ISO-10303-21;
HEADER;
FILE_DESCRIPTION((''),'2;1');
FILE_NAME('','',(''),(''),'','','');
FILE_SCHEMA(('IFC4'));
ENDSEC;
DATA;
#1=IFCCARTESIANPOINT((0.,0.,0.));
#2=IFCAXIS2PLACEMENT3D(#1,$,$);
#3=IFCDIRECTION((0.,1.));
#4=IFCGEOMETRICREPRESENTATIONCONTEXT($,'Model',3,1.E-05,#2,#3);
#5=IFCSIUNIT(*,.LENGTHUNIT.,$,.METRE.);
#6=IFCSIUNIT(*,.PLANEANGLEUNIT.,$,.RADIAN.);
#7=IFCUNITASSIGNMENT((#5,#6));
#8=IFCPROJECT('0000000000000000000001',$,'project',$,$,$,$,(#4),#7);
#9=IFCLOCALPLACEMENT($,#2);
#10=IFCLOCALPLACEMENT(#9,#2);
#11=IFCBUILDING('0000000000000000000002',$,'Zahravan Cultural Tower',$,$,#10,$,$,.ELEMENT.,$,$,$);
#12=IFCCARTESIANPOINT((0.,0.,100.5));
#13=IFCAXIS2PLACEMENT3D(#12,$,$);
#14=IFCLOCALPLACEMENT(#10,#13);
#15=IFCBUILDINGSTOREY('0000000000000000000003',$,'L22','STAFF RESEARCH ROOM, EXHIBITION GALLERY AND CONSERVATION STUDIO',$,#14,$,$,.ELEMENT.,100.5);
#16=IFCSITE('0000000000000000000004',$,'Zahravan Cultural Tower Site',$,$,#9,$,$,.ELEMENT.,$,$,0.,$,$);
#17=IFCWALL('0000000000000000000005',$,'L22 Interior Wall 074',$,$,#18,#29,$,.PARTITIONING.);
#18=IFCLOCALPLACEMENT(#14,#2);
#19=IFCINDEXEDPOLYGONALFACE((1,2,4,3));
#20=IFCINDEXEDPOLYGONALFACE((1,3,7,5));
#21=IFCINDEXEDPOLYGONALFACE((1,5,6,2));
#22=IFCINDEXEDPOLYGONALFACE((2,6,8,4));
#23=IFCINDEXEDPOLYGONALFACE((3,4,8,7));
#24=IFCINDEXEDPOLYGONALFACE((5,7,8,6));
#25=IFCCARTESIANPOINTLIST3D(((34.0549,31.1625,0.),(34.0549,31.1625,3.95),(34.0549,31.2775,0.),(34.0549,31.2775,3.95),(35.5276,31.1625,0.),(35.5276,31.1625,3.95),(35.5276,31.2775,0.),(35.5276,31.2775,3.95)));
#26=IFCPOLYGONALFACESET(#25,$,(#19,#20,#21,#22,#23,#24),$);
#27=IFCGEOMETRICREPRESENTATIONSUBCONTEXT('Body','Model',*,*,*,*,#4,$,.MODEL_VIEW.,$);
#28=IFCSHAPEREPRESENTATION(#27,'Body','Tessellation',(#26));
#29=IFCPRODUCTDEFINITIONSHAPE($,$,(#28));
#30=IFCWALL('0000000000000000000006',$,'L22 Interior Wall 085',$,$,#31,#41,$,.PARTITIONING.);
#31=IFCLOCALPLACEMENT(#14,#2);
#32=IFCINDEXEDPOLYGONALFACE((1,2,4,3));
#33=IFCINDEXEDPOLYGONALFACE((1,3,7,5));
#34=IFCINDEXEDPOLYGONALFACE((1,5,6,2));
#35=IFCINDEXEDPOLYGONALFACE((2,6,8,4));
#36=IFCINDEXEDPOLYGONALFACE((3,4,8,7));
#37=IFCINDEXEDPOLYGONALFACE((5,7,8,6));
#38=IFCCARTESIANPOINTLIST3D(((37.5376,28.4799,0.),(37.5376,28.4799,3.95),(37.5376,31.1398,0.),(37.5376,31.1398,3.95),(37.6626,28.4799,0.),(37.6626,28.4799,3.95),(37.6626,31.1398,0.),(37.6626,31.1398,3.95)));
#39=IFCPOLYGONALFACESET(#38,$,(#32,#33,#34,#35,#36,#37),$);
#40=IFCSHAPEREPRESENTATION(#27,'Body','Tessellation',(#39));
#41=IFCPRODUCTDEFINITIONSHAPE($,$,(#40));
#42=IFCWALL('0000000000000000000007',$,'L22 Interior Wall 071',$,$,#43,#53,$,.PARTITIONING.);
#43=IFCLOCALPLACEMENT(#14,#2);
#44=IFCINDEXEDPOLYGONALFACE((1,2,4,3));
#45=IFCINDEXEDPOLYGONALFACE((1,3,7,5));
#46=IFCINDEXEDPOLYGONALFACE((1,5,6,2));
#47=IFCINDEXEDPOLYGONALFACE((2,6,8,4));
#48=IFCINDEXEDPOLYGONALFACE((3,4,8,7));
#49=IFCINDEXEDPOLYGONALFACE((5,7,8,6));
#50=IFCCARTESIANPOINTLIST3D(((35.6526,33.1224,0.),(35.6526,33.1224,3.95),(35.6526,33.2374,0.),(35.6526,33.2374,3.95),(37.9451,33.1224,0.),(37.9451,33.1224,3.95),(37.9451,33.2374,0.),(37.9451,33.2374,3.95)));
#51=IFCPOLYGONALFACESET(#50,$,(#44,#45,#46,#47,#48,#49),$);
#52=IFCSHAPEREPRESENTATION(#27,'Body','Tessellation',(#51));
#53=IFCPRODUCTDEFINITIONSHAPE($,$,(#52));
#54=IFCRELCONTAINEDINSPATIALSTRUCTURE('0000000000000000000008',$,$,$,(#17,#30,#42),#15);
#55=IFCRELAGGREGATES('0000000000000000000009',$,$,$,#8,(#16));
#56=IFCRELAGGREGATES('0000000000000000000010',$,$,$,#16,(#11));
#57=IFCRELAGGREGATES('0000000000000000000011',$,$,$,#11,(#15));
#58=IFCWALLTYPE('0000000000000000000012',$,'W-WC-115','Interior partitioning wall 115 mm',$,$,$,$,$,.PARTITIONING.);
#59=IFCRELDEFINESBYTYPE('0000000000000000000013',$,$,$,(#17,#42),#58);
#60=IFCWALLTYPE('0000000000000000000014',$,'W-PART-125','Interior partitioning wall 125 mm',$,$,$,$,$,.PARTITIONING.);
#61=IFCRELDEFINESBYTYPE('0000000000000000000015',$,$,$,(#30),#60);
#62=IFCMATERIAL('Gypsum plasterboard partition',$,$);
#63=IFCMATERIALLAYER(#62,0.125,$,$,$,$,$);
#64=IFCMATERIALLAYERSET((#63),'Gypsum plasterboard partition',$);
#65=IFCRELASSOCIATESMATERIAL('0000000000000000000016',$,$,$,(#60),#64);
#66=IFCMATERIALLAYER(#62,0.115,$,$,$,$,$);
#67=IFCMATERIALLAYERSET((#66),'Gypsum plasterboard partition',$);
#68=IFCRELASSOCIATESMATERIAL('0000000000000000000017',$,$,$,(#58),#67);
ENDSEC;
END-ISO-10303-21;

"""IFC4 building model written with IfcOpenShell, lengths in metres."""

from ifc_helpers import new_model, si_unit, direction, frame, frame_2d, origin, place, context, subcontext, project, spatial, rectangle, extrude, source, transform, mapped, material, layer, layer_set, type_object, element, save


model = new_model("IFC4")

# Units and contexts
model_context = context("Model", 3, precision=1e-05, world=origin(), true_north=direction((0.0, 1.0)))
body_context = subcontext(model_context, "Body", "Model", "MODEL_VIEW")
ifc_project = project(units=[si_unit("LENGTHUNIT", "METRE"), si_unit("PLANEANGLEUNIT", "RADIAN")], contexts=[model_context])

# Site, building, storey
site_placement = place(None, origin())
site = spatial("IfcSite", under=ifc_project, at=site_placement, Name="Zahravan Cultural Tower Site", CompositionType="ELEMENT", RefElevation=0.0)
building_placement = place(site_placement, origin())
building = spatial("IfcBuilding", under=site, at=building_placement, Name="Zahravan Cultural Tower", CompositionType="ELEMENT")
storey_placement = place(building_placement, frame((0.0, 0.0, 100.5)))
storey = spatial("IfcBuildingStorey", under=building, at=storey_placement, Name="L22", Description="STAFF RESEARCH ROOM, EXHIBITION GALLERY AND CONSERVATION STUDIO", CompositionType="ELEMENT", Elevation=100.5)

# Shared definitions
ifc_material_1 = material(Name="Gypsum plasterboard partition")
ifc_layer_1 = layer(ifc_material_1, 0.125)
ifc_layer_set_1 = layer_set([ifc_layer_1], Name="Gypsum plasterboard partition")
wall_type_1 = type_object("IfcWallType", Name="W-PART-125", Description="Interior partitioning wall 125 mm", PredefinedType="PARTITIONING", material=ifc_layer_set_1)
ifc_layer_2 = layer(ifc_material_1, 0.115)
ifc_layer_set_2 = layer_set([ifc_layer_2], Name="Gypsum plasterboard partition")
wall_type_2 = type_object("IfcWallType", Name="W-WC-115", Description="Interior partitioning wall 115 mm", PredefinedType="PARTITIONING", material=ifc_layer_set_2)

# Walls
shared_shape_1 = source(origin(), body_context, "Body", "SweptSolid", [
    extrude(rectangle(XDim=1.4727, YDim=0.115, at=frame_2d((0.7363, 0.0))), origin(), (0.0, 0.0, 1.0), 3.95),
])
wall_1_placement = place(storey_placement, frame((35.5276, 31.22, 0.0), z_axis=(0.0, 0.0, 1.0), x_axis=(-1.0, 0.0, 0.0)))
element("IfcWall", 1, at=wall_1_placement, inside=storey, type_object=wall_type_2, Name="L22 Interior Wall 074", PredefinedType="PARTITIONING", context=body_context, shape_type="MappedRepresentation", body=[
    mapped(shared_shape_1, transform((0.0, 0.0, 0.0), x_axis=(1.0, 0.0, 0.0), y_axis=(0.0, 1.0, 0.0), z_axis=(0.0, 0.0, 1.0), scale=1.0)),
])
shared_shape_2 = source(origin(), body_context, "Body", "SweptSolid", [
    extrude(rectangle(XDim=2.6599, YDim=0.125, at=frame_2d((1.3301, 0.0))), origin(), (0.0, 0.0, 1.0), 3.95),
])
wall_2_placement = place(storey_placement, frame((37.6001, 31.1399, 0.0), z_axis=(0.0, 0.0, 1.0), x_axis=(0.0, -1.0, 0.0)))
element("IfcWall", 2, at=wall_2_placement, inside=storey, type_object=wall_type_1, Name="L22 Interior Wall 085", PredefinedType="PARTITIONING", context=body_context, shape_type="MappedRepresentation", body=[
    mapped(shared_shape_2, transform((0.0, 0.0, 0.0), x_axis=(1.0, 0.0, 0.0), y_axis=(0.0, 1.0, 0.0), z_axis=(0.0, 0.0, 1.0), scale=1.0)),
])
shared_shape_3 = source(origin(), body_context, "Body", "SweptSolid", [
    extrude(rectangle(XDim=2.2925, YDim=0.115, at=frame_2d((1.1462, 0.0))), origin(), (0.0, 0.0, 1.0), 3.95),
])
wall_3_placement = place(storey_placement, frame((35.6526, 33.1799, 0.0), z_axis=(0.0, 0.0, 1.0), x_axis=(1.0, 0.0, 0.0)))
element("IfcWall", 3, at=wall_3_placement, inside=storey, type_object=wall_type_2, Name="L22 Interior Wall 071", PredefinedType="PARTITIONING", context=body_context, shape_type="MappedRepresentation", body=[
    mapped(shared_shape_3, transform((0.0, 0.0, 0.0), x_axis=(1.0, 0.0, 0.0), y_axis=(0.0, 1.0, 0.0), z_axis=(0.0, 0.0, 1.0), scale=1.0)),
])

save(model, "model.ifc")
